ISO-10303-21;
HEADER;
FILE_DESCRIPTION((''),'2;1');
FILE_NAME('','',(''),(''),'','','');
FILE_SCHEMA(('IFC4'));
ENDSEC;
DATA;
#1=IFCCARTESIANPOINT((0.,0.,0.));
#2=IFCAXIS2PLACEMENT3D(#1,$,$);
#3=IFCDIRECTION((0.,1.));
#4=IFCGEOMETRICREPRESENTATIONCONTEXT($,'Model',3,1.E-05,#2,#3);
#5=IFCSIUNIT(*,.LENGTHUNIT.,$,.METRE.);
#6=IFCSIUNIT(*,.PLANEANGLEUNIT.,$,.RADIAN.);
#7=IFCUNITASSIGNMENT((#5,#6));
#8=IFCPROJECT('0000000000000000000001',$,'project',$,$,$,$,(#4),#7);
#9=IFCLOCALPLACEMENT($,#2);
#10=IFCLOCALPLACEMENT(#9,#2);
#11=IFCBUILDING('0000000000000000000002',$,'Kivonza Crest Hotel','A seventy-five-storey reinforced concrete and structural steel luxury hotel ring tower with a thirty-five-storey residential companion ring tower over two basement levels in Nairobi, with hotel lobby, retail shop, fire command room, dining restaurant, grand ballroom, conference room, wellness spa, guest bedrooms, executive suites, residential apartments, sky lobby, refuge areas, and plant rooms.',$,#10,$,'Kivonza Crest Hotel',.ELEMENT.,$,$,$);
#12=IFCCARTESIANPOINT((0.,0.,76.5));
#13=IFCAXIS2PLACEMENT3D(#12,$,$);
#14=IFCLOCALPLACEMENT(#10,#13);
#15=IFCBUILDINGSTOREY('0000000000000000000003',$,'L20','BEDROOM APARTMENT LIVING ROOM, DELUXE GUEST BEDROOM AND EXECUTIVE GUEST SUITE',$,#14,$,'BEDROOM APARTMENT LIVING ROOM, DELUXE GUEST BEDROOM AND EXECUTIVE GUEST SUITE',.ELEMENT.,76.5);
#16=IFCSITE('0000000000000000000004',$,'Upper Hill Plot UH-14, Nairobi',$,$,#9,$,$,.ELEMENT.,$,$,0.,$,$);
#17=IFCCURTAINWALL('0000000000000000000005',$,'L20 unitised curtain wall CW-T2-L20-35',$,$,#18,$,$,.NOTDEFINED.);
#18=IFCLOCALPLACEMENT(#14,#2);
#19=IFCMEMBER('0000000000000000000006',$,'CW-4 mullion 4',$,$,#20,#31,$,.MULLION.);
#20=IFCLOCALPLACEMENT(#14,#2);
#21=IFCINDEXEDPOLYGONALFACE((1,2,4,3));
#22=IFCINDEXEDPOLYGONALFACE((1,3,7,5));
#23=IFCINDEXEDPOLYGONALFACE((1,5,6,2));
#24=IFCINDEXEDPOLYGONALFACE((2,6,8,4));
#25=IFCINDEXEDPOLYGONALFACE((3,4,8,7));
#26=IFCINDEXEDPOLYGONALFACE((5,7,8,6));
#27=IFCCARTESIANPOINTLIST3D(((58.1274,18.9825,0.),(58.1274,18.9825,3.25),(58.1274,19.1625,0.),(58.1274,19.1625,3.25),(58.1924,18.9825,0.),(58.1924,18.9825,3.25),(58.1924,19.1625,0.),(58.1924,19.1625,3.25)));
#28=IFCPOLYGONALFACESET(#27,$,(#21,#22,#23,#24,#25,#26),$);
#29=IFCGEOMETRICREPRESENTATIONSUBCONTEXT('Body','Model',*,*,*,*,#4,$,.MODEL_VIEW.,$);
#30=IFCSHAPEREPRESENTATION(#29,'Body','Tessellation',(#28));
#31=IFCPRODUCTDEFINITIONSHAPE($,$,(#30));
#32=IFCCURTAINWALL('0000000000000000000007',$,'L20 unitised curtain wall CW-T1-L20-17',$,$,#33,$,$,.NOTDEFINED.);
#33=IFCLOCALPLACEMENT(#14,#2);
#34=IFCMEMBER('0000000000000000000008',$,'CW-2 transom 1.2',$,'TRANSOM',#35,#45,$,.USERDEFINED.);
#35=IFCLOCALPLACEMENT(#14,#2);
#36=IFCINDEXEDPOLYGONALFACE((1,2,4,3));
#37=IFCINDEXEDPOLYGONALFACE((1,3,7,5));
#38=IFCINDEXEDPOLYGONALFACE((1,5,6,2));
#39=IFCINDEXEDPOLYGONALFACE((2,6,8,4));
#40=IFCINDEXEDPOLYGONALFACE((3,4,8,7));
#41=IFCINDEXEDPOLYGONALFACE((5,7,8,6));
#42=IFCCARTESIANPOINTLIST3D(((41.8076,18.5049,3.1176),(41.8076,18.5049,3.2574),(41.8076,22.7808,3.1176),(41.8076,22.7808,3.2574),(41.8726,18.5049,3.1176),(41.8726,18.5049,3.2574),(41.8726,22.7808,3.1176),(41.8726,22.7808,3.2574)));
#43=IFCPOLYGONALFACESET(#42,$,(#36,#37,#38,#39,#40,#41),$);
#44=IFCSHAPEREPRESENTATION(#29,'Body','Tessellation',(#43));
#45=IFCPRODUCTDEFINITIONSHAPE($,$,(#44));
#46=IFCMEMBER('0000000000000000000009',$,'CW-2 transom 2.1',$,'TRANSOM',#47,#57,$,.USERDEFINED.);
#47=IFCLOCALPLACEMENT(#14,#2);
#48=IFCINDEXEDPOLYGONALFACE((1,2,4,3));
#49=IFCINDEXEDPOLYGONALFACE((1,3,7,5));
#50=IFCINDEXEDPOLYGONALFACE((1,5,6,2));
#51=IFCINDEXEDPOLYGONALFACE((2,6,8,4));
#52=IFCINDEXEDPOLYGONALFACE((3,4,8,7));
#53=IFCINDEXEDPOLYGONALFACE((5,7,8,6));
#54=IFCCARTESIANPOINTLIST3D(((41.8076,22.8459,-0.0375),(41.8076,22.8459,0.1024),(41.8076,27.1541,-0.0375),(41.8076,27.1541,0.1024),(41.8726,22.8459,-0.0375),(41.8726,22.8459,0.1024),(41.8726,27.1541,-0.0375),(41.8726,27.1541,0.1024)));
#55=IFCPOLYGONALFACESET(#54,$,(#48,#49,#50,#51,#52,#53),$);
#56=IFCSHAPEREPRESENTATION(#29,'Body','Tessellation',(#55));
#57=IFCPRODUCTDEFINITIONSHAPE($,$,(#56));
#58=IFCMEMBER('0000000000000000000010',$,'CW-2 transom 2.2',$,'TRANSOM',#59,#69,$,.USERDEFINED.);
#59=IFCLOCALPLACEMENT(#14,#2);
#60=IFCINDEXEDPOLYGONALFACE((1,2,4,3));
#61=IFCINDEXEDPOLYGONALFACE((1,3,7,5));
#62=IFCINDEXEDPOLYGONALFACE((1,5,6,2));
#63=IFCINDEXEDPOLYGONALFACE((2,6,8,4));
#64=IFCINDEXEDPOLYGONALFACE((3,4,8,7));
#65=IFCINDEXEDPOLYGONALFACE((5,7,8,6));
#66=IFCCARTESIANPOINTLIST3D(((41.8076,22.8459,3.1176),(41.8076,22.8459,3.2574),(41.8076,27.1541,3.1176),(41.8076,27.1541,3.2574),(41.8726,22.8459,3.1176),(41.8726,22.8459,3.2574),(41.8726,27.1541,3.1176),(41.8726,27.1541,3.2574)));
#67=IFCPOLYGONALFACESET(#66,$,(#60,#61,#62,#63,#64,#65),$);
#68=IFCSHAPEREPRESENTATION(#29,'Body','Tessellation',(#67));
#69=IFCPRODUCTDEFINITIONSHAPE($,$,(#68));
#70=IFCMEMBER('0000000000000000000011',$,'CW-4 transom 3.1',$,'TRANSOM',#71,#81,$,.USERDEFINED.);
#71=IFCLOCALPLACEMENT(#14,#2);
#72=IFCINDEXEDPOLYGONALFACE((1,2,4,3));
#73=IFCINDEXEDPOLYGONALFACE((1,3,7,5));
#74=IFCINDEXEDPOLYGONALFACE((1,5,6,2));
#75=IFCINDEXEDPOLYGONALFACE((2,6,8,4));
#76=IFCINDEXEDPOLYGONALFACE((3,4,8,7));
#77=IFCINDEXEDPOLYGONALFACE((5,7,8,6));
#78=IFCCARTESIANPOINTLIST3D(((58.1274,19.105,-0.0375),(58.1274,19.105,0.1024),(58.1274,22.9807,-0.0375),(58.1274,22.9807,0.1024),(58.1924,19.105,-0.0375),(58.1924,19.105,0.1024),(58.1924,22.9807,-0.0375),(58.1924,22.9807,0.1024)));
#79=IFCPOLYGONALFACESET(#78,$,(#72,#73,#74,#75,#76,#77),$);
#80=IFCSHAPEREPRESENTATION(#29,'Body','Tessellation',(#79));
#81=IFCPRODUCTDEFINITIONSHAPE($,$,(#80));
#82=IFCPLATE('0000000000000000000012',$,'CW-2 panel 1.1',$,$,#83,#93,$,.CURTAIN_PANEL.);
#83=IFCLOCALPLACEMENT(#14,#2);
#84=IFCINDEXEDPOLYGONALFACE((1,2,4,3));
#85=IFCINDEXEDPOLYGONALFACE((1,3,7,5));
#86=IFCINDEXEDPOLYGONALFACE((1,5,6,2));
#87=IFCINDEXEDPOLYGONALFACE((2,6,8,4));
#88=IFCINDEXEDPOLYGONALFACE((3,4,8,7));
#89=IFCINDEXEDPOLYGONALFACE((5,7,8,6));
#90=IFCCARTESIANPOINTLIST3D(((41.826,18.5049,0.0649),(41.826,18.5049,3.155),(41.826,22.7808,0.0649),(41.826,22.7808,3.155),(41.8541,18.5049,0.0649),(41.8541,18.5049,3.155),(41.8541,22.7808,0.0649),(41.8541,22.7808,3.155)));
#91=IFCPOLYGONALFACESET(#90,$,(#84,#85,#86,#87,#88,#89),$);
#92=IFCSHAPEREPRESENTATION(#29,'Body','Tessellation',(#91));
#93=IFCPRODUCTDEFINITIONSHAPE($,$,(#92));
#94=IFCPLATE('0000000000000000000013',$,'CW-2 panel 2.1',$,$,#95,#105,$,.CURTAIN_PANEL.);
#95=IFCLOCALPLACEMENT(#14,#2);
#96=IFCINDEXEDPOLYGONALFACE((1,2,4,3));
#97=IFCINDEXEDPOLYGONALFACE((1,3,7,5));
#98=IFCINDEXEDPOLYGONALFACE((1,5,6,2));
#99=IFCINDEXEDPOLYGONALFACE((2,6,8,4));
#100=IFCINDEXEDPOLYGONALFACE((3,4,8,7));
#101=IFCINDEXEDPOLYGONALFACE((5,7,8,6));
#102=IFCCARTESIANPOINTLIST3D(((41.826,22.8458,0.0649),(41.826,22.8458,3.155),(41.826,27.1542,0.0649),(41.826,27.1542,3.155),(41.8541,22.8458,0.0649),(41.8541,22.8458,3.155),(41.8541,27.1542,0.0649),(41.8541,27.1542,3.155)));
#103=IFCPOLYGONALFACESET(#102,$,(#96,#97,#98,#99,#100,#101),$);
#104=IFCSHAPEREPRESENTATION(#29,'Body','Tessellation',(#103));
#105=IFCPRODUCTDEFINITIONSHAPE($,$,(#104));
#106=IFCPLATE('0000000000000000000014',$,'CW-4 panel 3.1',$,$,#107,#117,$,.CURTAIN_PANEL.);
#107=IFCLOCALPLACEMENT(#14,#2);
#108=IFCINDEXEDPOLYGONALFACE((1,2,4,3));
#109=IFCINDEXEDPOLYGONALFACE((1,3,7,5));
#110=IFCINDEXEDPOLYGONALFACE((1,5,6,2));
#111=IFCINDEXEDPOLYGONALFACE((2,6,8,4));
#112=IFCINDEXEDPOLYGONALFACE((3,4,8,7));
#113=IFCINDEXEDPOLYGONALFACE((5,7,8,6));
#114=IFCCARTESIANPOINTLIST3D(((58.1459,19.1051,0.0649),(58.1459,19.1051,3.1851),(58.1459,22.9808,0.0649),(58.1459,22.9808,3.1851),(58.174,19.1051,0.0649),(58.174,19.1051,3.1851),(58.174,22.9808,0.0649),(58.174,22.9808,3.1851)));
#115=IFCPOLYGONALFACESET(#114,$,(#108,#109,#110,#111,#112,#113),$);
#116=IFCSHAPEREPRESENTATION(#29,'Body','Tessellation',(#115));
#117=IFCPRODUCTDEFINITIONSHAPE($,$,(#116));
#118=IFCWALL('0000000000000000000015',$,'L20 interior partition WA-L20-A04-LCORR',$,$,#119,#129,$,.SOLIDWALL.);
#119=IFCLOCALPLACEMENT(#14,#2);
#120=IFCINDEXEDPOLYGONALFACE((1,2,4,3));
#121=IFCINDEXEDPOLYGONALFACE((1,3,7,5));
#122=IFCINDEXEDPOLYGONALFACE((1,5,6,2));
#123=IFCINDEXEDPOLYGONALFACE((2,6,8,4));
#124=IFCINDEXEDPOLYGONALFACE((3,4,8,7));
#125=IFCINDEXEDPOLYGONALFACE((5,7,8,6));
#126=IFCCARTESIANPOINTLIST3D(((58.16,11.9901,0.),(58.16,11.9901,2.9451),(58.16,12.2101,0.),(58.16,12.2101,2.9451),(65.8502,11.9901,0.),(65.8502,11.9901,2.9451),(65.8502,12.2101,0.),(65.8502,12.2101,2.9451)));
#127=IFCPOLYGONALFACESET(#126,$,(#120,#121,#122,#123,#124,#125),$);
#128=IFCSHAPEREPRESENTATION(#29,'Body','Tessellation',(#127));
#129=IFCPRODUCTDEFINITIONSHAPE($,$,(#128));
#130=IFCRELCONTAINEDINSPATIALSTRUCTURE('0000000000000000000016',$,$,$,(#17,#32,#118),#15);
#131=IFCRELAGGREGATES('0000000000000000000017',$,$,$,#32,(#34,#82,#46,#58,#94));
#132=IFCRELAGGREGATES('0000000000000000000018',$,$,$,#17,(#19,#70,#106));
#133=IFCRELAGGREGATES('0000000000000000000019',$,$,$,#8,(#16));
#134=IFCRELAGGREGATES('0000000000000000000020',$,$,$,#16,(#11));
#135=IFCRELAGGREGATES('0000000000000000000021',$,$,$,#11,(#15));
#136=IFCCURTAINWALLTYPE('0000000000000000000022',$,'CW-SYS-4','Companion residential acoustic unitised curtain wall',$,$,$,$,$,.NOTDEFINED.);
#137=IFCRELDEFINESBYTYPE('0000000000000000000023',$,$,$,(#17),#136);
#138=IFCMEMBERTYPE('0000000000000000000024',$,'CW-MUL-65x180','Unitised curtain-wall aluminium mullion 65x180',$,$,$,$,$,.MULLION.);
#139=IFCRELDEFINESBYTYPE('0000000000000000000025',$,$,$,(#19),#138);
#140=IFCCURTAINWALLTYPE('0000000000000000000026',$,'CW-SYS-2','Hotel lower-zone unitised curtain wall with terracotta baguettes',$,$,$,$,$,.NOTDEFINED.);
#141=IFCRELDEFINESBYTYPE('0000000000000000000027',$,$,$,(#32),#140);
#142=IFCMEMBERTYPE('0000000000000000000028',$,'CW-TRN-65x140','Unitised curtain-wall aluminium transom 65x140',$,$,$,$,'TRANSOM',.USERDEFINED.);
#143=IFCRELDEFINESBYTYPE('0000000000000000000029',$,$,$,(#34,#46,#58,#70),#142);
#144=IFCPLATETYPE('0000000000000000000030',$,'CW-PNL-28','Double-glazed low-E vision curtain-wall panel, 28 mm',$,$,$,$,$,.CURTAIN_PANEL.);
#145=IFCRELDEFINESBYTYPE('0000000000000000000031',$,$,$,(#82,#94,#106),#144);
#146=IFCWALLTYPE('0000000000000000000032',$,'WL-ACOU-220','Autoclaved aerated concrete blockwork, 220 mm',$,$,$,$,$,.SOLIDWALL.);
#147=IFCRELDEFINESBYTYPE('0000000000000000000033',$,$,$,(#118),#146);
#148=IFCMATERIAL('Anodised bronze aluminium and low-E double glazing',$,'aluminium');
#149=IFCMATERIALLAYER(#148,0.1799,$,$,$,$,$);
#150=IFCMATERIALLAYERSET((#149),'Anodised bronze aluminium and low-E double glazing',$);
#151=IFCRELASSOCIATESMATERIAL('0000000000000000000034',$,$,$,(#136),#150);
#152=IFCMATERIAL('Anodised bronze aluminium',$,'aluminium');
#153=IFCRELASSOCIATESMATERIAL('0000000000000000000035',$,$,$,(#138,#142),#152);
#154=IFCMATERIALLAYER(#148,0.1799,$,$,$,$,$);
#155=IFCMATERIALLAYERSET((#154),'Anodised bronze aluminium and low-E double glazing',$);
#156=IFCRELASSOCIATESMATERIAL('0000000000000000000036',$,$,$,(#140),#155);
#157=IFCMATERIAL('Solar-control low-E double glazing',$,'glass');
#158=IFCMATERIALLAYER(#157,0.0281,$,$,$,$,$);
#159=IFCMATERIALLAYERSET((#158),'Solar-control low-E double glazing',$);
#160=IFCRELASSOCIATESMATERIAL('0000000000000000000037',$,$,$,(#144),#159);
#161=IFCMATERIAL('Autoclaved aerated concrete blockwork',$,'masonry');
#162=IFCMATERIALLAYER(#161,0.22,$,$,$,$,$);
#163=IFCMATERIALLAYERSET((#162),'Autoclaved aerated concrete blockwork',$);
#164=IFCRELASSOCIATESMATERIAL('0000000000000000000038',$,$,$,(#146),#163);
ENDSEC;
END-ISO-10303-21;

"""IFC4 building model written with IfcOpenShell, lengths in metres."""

from ifc_helpers import new_model, si_unit, direction, frame, frame_2d, origin, origin_2d, place, context, subcontext, project, spatial, rectangle, extrude, material, layer, layer_set, material_profile, profile_set, type_object, element, aggregate, save


model = new_model("IFC4")

# Units and contexts
model_context = context("Model", 3, precision=1e-05, world=origin(), true_north=direction((0.0, 1.0)))
body_context = subcontext(model_context, "Body", "Model", "MODEL_VIEW")
ifc_project = project(units=[si_unit("LENGTHUNIT", "METRE"), si_unit("PLANEANGLEUNIT", "RADIAN")], contexts=[model_context])

# Site, building, storey
site_placement = place(None, origin())
site = spatial("IfcSite", under=ifc_project, at=site_placement, Name="Upper Hill Plot UH-14, Nairobi", CompositionType="ELEMENT", RefElevation=0.0)
building_placement = place(site_placement, origin())
building = spatial("IfcBuilding", under=site, at=building_placement, Name="Kivonza Crest Hotel", Description="A seventy-five-storey reinforced concrete and structural steel luxury hotel ring tower with a thirty-five-storey residential companion ring tower over two basement levels in Nairobi, with hotel lobby, retail shop, fire command room, dining restaurant, grand ballroom, conference room, wellness spa, guest bedrooms, executive suites, residential apartments, sky lobby, refuge areas, and plant rooms.", LongName="Kivonza Crest Hotel", CompositionType="ELEMENT")
storey_placement = place(building_placement, frame((0.0, 0.0, 76.5)))
storey = spatial("IfcBuildingStorey", under=building, at=storey_placement, Name="L20", Description="BEDROOM APARTMENT LIVING ROOM, DELUXE GUEST BEDROOM AND EXECUTIVE GUEST SUITE", LongName="BEDROOM APARTMENT LIVING ROOM, DELUXE GUEST BEDROOM AND EXECUTIVE GUEST SUITE", CompositionType="ELEMENT", Elevation=76.5)

# Curtain wall, member
ifc_material_1 = material(Name="Anodised bronze aluminium and low-E double glazing", Category="aluminium")
ifc_layer_1 = layer(ifc_material_1, 0.1799)
ifc_layer_set_1 = layer_set([ifc_layer_1], Name="Anodised bronze aluminium and low-E double glazing")
curtain_wall_type_1 = type_object("IfcCurtainWallType", Name="CW-SYS-4", Description="Companion residential acoustic unitised curtain wall", PredefinedType="NOTDEFINED", material=ifc_layer_set_1)
curtain_wall_1_placement = place(storey_placement, origin())
curtain_wall_1 = element("IfcCurtainWall", 1, at=curtain_wall_1_placement, inside=storey, type_object=curtain_wall_type_1, Name="L20 unitised curtain wall CW-T2-L20-35", PredefinedType="NOTDEFINED")
ifc_material_2 = material(Name="Anodised bronze aluminium", Category="aluminium")
ifc_material_profile_1 = material_profile(ifc_material_2, rectangle(XDim=0.0649, YDim=0.1799, at=origin_2d()), Name="CW-M 65x180")
ifc_profile_set_1 = profile_set([ifc_material_profile_1], Name="Anodised bronze aluminium")
member_type_1 = type_object("IfcMemberType", Name="CW-MUL-65x180", Description="Unitised curtain-wall aluminium mullion 65x180", PredefinedType="MULLION", material=ifc_profile_set_1)
member_1_placement = place(storey_placement, frame((58.1599, 19.0725, 0.0), z_axis=(0.0, 0.0, 1.0), x_axis=(1.0, 0.0, 0.0)))
member_1 = element("IfcMember", 2, at=member_1_placement, type_object=member_type_1, Name="CW-4 mullion 4", PredefinedType="MULLION", context=body_context, shape_type="SweptSolid", body=[
    extrude(rectangle(XDim=0.0649, YDim=0.1799, at=origin_2d()), origin(), (0.0, 0.0, 1.0), 3.25),
])

# Curtain wall, members
ifc_layer_2 = layer(ifc_material_1, 0.1799)
ifc_layer_set_2 = layer_set([ifc_layer_2], Name="Anodised bronze aluminium and low-E double glazing")
curtain_wall_type_2 = type_object("IfcCurtainWallType", Name="CW-SYS-2", Description="Hotel lower-zone unitised curtain wall with terracotta baguettes", PredefinedType="NOTDEFINED", material=ifc_layer_set_2)
curtain_wall_2_placement = place(storey_placement, origin())
curtain_wall_2 = element("IfcCurtainWall", 3, at=curtain_wall_2_placement, inside=storey, type_object=curtain_wall_type_2, Name="L20 unitised curtain wall CW-T1-L20-17", PredefinedType="NOTDEFINED")
ifc_material_profile_2 = material_profile(ifc_material_2, rectangle(XDim=0.0649, YDim=0.1399, at=origin_2d()), Name="CW-T 65x140")
ifc_profile_set_2 = profile_set([ifc_material_profile_2], Name="Anodised bronze aluminium")
member_type_2 = type_object("IfcMemberType", Name="CW-TRN-65x140", Description="Unitised curtain-wall aluminium transom 65x140", ElementType="TRANSOM", PredefinedType="USERDEFINED", material=ifc_profile_set_2)
member_2_placement = place(storey_placement, frame((41.8401, 18.5049, 3.1875), z_axis=(0.0, 1.0, 0.0), x_axis=(-1.0, 0.0, 0.0)))
member_2 = element("IfcMember", 4, at=member_2_placement, type_object=member_type_2, Name="CW-2 transom 1.2", ObjectType="TRANSOM", PredefinedType="USERDEFINED", context=body_context, shape_type="SweptSolid", body=[
    extrude(rectangle(XDim=0.0649, YDim=0.1399, at=origin_2d()), origin(), (0.0, 0.0, 1.0), 4.2759),
])
member_3_placement = place(storey_placement, frame((41.8401, 22.8459, 0.0325), z_axis=(0.0, 1.0, 0.0), x_axis=(-1.0, 0.0, 0.0)))
member_3 = element("IfcMember", 5, at=member_3_placement, type_object=member_type_2, Name="CW-2 transom 2.1", ObjectType="TRANSOM", PredefinedType="USERDEFINED", context=body_context, shape_type="SweptSolid", body=[
    extrude(rectangle(XDim=0.0649, YDim=0.1399, at=origin_2d()), origin(), (0.0, 0.0, 1.0), 4.3081),
])
member_4_placement = place(storey_placement, frame((41.8401, 22.8459, 3.1875), z_axis=(0.0, 1.0, 0.0), x_axis=(-1.0, 0.0, 0.0)))
member_4 = element("IfcMember", 6, at=member_4_placement, type_object=member_type_2, Name="CW-2 transom 2.2", ObjectType="TRANSOM", PredefinedType="USERDEFINED", context=body_context, shape_type="SweptSolid", body=[
    extrude(rectangle(XDim=0.0649, YDim=0.1399, at=origin_2d()), origin(), (0.0, 0.0, 1.0), 4.3081),
])

# Member
member_5_placement = place(storey_placement, frame((58.1599, 22.9807, 0.0325), z_axis=(0.0, -1.0, 0.0), x_axis=(1.0, 0.0, 0.0)))
member_5 = element("IfcMember", 7, at=member_5_placement, type_object=member_type_2, Name="CW-4 transom 3.1", ObjectType="TRANSOM", PredefinedType="USERDEFINED", context=body_context, shape_type="SweptSolid", body=[
    extrude(rectangle(XDim=0.0649, YDim=0.1399, at=origin_2d()), origin(), (0.0, 0.0, 1.0), 3.8757),
])

# Plates
ifc_material_3 = material(Name="Solar-control low-E double glazing", Category="glass")
ifc_layer_3 = layer(ifc_material_3, 0.0281)
ifc_layer_set_3 = layer_set([ifc_layer_3], Name="Solar-control low-E double glazing")
plate_type = type_object("IfcPlateType", Name="CW-PNL-28", Description="Double-glazed low-E vision curtain-wall panel, 28 mm", PredefinedType="CURTAIN_PANEL", material=ifc_layer_set_3)
plate_1_placement = place(storey_placement, frame((41.8401, 20.6428, 0.0649), z_axis=(0.0, 0.0, 1.0), x_axis=(0.0, 1.0, 0.0)))
plate_1 = element("IfcPlate", 8, at=plate_1_placement, type_object=plate_type, Name="CW-2 panel 1.1", PredefinedType="CURTAIN_PANEL", context=body_context, shape_type="SweptSolid", body=[
    extrude(rectangle(XDim=4.2759, YDim=0.0281, at=origin_2d()), origin(), (0.0, 0.0, 1.0), 3.0901),
])
plate_2_placement = place(storey_placement, frame((41.8401, 25.0, 0.0649), z_axis=(0.0, 0.0, 1.0), x_axis=(0.0, 1.0, 0.0)))
plate_2 = element("IfcPlate", 9, at=plate_2_placement, type_object=plate_type, Name="CW-2 panel 2.1", PredefinedType="CURTAIN_PANEL", context=body_context, shape_type="SweptSolid", body=[
    extrude(rectangle(XDim=4.3083, YDim=0.0281, at=origin_2d()), origin(), (0.0, 0.0, 1.0), 3.0901),
])
aggregate(curtain_wall_2, [member_2, plate_1, member_3, member_4, plate_2])
plate_3_placement = place(storey_placement, frame((58.1599, 21.043, 0.0649), z_axis=(0.0, 0.0, 1.0), x_axis=(0.0, -1.0, 0.0)))
plate_3 = element("IfcPlate", 10, at=plate_3_placement, type_object=plate_type, Name="CW-4 panel 3.1", PredefinedType="CURTAIN_PANEL", context=body_context, shape_type="SweptSolid", body=[
    extrude(rectangle(XDim=3.8757, YDim=0.0281, at=origin_2d()), origin(), (0.0, 0.0, 1.0), 3.1201),
])
aggregate(curtain_wall_1, [member_1, member_5, plate_3])

# Wall
ifc_material_4 = material(Name="Autoclaved aerated concrete blockwork", Category="masonry")
ifc_layer_4 = layer(ifc_material_4, 0.22)
ifc_layer_set_4 = layer_set([ifc_layer_4], Name="Autoclaved aerated concrete blockwork")
wall_type_1 = type_object("IfcWallType", Name="WL-ACOU-220", Description="Autoclaved aerated concrete blockwork, 220 mm", PredefinedType="SOLIDWALL", material=ifc_layer_set_4)
wall_1_placement = place(storey_placement, frame((58.1599, 12.1001, 0.0), z_axis=(0.0, 0.0, 1.0), x_axis=(1.0, 0.0, 0.0)))
element("IfcWall", 11, at=wall_1_placement, inside=storey, type_object=wall_type_1, Name="L20 interior partition WA-L20-A04-LCORR", PredefinedType="SOLIDWALL", context=body_context, shape_type="SweptSolid", body=[
    extrude(rectangle(XDim=7.6902, YDim=0.22, at=frame_2d((3.8452, 0.0))), origin(), (0.0, 0.0, 1.0), 2.9451),
])

save(model, "model.ifc")
